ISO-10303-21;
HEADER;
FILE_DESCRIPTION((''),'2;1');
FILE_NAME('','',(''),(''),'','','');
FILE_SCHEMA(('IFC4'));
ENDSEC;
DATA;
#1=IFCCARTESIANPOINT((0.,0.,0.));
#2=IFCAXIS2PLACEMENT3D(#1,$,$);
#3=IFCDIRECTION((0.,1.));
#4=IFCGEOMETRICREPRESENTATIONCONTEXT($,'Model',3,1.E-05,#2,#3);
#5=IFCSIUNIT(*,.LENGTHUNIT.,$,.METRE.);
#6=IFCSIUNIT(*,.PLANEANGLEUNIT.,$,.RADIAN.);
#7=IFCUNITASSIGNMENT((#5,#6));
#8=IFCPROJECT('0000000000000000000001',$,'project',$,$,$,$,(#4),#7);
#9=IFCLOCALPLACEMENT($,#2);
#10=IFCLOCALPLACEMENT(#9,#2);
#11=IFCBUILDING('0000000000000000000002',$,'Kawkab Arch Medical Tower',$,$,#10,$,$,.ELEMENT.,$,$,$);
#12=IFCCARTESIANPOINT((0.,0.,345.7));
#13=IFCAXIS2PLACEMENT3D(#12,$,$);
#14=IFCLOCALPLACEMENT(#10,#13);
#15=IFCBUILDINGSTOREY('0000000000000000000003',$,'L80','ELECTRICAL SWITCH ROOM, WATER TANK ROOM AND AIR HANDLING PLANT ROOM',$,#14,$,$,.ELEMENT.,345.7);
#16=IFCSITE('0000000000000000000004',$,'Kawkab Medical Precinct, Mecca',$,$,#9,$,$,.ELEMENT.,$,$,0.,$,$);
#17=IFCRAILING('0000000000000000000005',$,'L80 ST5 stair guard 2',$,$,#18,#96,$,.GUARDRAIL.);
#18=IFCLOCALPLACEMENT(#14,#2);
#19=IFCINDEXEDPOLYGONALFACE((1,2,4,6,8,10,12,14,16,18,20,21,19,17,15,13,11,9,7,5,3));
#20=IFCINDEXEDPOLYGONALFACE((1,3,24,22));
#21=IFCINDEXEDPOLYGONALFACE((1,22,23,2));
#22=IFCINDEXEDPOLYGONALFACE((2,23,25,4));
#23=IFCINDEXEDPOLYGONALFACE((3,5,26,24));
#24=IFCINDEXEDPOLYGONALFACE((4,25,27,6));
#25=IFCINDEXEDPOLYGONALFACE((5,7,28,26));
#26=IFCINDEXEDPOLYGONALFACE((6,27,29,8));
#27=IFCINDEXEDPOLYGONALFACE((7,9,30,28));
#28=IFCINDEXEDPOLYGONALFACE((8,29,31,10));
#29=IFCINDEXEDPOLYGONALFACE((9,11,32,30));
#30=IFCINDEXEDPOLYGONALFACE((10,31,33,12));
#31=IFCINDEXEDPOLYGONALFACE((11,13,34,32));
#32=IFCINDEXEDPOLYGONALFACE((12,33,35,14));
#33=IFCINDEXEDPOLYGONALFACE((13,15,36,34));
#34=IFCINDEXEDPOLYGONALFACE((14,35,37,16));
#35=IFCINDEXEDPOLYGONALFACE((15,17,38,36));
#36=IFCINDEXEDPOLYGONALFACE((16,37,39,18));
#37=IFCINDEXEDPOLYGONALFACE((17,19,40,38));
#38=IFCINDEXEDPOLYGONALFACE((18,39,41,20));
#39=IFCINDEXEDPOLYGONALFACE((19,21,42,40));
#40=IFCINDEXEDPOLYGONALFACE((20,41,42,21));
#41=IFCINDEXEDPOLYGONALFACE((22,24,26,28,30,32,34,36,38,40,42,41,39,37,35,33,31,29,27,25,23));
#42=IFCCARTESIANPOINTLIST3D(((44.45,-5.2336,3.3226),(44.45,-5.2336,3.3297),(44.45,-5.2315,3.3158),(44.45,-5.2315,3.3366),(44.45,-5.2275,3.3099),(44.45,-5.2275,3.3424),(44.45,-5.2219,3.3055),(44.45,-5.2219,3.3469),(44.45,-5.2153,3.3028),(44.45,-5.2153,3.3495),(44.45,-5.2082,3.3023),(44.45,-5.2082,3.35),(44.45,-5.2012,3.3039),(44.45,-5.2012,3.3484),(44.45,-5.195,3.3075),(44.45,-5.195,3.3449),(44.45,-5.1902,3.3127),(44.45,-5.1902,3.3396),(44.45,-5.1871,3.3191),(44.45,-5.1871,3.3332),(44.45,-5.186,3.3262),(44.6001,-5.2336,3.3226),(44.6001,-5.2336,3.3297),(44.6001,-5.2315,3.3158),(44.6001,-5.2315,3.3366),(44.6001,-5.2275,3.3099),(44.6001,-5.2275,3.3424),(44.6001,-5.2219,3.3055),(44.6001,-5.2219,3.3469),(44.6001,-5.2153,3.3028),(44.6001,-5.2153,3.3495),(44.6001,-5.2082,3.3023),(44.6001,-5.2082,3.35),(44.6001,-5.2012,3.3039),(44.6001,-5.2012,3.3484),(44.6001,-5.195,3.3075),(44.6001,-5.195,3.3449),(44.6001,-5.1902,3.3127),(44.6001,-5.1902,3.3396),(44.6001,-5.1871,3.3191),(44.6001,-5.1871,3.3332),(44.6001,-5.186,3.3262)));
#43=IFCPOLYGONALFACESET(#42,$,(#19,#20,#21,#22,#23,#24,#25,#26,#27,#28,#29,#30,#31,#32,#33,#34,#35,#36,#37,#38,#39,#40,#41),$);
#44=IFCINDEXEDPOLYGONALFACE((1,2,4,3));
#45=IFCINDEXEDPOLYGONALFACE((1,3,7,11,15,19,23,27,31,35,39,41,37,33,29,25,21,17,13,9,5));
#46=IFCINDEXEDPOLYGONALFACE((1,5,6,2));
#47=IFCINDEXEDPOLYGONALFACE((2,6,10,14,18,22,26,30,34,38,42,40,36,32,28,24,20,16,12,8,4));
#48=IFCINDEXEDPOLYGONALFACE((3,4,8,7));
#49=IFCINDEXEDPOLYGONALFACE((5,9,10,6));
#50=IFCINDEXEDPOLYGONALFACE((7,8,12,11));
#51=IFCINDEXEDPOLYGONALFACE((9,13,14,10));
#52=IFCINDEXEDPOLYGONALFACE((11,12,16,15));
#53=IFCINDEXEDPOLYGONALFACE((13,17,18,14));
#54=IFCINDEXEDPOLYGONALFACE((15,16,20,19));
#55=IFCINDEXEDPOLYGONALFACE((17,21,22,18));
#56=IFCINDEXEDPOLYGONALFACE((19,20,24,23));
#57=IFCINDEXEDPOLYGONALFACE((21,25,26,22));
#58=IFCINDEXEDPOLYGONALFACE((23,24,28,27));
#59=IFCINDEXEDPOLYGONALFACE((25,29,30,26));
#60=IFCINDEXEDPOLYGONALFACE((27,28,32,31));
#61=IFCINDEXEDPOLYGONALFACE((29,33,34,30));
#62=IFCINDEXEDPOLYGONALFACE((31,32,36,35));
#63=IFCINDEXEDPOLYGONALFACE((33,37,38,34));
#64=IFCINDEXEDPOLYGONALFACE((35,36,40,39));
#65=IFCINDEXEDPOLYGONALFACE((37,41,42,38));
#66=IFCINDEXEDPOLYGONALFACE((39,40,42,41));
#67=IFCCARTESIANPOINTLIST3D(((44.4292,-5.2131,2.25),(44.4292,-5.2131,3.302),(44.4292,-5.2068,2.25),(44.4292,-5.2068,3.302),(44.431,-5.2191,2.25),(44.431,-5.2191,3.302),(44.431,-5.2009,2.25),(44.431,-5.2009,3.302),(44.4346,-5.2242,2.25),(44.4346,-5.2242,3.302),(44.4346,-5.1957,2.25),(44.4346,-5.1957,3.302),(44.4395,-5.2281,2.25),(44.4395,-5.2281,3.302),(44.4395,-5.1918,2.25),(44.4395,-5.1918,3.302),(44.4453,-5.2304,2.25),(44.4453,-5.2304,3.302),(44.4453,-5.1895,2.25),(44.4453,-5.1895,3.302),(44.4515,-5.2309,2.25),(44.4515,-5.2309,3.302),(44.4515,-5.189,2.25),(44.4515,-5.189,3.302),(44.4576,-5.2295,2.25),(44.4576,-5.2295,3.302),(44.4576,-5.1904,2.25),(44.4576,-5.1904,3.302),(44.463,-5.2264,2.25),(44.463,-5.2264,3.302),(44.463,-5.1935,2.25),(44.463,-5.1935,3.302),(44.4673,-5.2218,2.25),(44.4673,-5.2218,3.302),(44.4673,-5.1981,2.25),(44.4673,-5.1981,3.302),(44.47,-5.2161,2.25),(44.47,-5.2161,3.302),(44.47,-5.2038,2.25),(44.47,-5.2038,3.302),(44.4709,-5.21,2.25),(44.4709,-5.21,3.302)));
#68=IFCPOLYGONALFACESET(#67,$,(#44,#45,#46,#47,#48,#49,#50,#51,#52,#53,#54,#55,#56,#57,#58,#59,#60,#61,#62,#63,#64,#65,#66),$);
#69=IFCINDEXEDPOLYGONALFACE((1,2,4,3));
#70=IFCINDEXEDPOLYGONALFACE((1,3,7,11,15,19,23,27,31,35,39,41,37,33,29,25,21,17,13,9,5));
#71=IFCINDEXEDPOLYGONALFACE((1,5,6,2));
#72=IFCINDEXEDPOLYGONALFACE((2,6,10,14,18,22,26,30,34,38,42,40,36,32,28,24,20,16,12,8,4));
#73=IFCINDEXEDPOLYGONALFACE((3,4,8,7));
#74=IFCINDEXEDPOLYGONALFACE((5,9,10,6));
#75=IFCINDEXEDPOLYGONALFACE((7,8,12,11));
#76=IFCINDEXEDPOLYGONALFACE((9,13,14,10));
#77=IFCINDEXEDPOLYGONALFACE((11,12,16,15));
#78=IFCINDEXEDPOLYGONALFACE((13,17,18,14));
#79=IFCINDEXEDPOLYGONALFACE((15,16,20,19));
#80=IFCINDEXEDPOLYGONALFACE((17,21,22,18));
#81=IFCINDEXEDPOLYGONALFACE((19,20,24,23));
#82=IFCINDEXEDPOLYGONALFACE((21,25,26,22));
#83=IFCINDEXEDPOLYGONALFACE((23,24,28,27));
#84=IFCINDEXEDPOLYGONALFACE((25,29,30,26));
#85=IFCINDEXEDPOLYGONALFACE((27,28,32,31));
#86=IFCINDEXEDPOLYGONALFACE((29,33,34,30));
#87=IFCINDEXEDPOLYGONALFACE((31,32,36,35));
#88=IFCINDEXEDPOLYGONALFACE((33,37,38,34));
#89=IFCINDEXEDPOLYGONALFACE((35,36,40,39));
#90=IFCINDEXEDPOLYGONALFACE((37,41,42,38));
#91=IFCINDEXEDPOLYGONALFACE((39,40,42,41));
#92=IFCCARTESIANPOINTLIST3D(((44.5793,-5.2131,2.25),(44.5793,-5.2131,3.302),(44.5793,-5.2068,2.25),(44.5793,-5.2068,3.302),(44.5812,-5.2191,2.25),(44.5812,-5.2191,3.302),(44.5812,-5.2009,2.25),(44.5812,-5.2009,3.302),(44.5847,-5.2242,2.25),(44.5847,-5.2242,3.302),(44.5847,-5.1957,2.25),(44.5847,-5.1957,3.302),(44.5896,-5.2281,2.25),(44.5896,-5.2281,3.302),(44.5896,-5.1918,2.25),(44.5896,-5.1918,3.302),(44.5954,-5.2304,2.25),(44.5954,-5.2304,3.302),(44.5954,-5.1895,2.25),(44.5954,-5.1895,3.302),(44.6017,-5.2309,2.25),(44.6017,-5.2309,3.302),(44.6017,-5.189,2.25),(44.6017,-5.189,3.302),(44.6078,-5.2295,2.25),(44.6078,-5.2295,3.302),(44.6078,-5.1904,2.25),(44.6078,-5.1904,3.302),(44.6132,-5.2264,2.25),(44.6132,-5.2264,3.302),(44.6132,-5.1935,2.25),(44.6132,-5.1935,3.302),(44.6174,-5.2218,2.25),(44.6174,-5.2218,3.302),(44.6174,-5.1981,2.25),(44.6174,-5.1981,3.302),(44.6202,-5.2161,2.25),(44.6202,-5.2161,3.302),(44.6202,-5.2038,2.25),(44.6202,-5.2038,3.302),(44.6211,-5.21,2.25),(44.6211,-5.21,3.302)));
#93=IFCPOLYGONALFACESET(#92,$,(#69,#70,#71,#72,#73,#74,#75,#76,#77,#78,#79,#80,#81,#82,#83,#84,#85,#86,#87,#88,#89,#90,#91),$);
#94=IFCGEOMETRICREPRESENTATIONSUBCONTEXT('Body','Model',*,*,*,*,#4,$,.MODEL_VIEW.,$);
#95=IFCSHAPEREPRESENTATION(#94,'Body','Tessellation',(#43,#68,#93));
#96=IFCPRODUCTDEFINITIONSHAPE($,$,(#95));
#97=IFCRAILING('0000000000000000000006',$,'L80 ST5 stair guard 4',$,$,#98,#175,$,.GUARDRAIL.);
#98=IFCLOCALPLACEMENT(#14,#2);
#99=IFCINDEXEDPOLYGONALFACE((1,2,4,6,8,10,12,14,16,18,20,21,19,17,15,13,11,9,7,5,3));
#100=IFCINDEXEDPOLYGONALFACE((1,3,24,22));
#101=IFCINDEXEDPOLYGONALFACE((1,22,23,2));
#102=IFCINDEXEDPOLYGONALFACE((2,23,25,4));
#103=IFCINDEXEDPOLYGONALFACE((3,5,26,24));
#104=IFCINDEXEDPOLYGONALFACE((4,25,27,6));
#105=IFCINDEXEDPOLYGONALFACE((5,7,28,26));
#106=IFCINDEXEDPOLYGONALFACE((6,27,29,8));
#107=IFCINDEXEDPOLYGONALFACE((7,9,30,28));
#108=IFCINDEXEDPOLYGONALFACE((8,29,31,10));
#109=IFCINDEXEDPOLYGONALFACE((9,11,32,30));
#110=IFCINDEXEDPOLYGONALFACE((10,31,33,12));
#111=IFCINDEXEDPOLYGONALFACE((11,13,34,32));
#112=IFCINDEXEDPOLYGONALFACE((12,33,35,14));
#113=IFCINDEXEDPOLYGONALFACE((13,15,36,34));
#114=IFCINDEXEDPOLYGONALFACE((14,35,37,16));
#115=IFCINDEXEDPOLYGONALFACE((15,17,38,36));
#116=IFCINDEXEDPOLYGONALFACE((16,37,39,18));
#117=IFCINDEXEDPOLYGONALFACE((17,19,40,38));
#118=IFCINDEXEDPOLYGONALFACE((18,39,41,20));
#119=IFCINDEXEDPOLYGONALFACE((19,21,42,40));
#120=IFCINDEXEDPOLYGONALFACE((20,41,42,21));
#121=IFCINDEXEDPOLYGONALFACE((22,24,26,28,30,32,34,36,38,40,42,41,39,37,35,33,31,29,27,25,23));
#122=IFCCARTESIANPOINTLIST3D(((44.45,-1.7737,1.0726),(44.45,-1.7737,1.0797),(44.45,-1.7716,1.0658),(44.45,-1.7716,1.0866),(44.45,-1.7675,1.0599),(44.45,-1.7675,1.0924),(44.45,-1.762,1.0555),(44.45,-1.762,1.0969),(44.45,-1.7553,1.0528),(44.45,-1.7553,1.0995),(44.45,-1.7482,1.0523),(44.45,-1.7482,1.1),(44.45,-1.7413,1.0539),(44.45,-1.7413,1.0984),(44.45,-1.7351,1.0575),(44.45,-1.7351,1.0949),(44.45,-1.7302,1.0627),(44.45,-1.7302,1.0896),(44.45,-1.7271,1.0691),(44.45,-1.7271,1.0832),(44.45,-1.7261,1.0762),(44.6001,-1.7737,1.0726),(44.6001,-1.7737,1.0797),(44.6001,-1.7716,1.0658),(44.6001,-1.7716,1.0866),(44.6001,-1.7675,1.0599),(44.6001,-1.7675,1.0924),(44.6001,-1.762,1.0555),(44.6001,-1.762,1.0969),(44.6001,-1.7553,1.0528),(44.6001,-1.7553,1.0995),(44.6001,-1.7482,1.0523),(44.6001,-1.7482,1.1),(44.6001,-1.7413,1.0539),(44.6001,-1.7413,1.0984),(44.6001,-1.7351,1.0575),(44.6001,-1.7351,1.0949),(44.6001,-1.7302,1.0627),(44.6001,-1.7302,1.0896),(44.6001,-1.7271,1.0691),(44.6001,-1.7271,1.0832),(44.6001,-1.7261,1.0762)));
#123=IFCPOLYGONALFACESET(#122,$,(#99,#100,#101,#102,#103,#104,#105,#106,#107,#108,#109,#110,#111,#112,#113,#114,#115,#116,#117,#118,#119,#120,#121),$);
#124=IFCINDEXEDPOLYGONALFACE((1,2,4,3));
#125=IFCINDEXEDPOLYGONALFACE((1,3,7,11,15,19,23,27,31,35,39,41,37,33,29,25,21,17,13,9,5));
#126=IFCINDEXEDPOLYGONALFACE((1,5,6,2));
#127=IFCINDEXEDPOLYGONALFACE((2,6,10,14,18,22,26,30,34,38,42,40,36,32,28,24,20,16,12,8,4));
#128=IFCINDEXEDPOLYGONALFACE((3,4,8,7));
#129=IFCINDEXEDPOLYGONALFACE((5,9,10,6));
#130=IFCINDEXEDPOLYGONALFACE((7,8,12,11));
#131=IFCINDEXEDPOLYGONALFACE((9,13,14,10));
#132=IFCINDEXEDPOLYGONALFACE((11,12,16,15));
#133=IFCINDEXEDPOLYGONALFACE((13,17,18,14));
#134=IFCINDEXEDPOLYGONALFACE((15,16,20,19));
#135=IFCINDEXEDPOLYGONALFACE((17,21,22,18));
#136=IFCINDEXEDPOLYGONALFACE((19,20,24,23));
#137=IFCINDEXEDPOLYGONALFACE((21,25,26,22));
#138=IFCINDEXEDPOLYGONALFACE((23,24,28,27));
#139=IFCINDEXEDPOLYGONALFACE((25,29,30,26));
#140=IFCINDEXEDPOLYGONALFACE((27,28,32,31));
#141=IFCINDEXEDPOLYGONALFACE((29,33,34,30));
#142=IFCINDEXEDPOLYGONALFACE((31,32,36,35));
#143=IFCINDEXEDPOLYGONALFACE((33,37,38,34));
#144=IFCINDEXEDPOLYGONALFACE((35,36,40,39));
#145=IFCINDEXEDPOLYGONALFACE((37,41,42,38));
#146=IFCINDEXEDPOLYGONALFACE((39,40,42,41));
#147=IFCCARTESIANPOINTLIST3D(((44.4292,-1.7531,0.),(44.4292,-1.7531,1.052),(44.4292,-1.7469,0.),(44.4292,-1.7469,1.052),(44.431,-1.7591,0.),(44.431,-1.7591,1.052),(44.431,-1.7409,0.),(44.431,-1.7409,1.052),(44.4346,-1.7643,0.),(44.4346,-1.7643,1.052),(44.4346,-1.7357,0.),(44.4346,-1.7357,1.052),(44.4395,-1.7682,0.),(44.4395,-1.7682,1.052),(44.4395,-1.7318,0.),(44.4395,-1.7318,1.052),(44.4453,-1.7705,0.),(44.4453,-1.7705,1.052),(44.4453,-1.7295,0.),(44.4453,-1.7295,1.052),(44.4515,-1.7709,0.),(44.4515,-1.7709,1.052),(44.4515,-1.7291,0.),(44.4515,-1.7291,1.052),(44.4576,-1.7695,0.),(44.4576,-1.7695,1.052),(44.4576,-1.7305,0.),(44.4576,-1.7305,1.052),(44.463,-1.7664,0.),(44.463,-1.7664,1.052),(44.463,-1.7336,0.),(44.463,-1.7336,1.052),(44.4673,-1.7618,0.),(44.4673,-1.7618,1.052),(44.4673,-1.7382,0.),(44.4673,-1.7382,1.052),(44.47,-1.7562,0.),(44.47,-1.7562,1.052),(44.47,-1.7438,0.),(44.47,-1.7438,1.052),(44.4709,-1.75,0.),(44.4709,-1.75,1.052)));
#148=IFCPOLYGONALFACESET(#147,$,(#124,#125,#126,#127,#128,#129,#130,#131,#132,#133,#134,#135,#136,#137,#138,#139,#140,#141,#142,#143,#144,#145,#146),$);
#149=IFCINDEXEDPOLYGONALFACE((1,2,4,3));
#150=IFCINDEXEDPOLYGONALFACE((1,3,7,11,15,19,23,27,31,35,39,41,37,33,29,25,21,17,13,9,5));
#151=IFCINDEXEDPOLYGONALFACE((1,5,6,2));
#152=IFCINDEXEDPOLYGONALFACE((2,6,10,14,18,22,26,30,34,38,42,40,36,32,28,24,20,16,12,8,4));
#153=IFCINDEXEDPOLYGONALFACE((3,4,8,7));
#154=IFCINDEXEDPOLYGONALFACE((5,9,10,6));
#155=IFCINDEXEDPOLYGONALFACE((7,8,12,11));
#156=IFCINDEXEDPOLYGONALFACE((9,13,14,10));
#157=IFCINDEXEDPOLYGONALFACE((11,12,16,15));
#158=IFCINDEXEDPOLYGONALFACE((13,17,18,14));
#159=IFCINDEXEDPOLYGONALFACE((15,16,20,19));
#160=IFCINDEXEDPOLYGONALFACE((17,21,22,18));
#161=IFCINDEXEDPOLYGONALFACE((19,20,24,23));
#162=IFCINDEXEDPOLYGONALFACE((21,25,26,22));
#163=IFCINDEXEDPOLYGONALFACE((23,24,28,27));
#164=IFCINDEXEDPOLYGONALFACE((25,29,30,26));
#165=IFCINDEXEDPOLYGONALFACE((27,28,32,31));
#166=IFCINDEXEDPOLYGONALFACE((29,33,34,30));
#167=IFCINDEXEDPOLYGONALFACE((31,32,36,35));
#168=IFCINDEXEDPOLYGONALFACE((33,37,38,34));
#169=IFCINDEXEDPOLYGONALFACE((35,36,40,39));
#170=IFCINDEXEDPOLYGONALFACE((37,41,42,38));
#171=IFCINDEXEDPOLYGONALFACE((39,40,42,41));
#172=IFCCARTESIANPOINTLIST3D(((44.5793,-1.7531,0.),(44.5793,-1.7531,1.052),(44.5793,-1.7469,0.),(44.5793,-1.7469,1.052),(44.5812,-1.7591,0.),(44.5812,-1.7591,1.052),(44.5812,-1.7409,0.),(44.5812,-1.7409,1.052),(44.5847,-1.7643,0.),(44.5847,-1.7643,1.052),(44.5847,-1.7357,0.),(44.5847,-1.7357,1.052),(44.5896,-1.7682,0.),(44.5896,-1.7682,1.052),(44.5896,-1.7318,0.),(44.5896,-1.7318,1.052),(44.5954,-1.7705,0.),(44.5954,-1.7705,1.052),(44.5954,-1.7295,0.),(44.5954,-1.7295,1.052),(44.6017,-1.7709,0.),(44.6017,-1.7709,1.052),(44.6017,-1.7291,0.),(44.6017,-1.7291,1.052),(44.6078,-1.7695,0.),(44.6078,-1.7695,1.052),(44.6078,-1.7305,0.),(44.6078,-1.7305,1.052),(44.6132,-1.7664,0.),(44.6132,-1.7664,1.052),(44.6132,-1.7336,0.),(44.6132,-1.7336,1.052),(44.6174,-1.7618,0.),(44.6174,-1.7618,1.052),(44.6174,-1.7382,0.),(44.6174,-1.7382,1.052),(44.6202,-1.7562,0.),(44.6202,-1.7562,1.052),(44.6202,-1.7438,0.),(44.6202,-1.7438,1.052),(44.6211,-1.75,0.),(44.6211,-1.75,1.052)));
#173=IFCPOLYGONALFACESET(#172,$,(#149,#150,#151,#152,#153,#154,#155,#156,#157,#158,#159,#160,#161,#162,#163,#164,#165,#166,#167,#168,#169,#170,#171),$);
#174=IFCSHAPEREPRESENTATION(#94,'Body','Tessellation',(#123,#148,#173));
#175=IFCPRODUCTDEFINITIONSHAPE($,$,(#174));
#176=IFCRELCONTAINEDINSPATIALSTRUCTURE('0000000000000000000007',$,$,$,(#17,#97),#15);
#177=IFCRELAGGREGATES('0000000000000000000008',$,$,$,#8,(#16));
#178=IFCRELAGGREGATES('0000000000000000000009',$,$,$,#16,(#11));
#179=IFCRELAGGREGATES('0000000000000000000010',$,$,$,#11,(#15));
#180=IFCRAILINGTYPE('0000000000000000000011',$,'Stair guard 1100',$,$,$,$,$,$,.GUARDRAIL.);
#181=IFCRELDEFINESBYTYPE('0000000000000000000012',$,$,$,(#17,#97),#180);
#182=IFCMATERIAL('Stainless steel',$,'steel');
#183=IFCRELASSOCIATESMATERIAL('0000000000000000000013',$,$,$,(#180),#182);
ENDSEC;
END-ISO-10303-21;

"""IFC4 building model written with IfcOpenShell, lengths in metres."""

from ifc_helpers import new_model, si_unit, direction, frame, origin, origin_2d, place, context, subcontext, project, spatial, circle, extrude, material, type_object, element, save


model = new_model("IFC4")

# Units and contexts
model_context = context("Model", 3, precision=1e-05, world=origin(), true_north=direction((0.0, 1.0)))
body_context = subcontext(model_context, "Body", "Model", "MODEL_VIEW")
ifc_project = project(units=[si_unit("LENGTHUNIT", "METRE"), si_unit("PLANEANGLEUNIT", "RADIAN")], contexts=[model_context])

# Site, building, storey
site_placement = place(None, origin())
site = spatial("IfcSite", under=ifc_project, at=site_placement, Name="Kawkab Medical Precinct, Mecca", CompositionType="ELEMENT", RefElevation=0.0)
building_placement = place(site_placement, origin())
building = spatial("IfcBuilding", under=site, at=building_placement, Name="Kawkab Arch Medical Tower", CompositionType="ELEMENT")
storey_placement = place(building_placement, frame((0.0, 0.0, 345.7)))
storey = spatial("IfcBuildingStorey", under=building, at=storey_placement, Name="L80", Description="ELECTRICAL SWITCH ROOM, WATER TANK ROOM AND AIR HANDLING PLANT ROOM", CompositionType="ELEMENT", Elevation=345.7)

# Railings
ifc_material_1 = material(Name="Stainless steel", Category="steel")
railing_type = type_object("IfcRailingType", Name="Stair guard 1100", PredefinedType="GUARDRAIL", material=ifc_material_1)
for number, where, name in (
    (1, (44.45, -5.21, 2.25), "L80 ST5 stair guard 2"),
    (2, (44.45, -1.75, 0.0), "L80 ST5 stair guard 4"),
):
    element("IfcRailing", number, at=place(storey_placement, frame(where)), inside=storey, type_object=railing_type, Name=name, PredefinedType="GUARDRAIL", context=body_context, shape_type="SweptSolid", body=[
        extrude(circle(Radius=0.0239, at=origin_2d()), frame((0.0, 0.0, 1.0762), z_axis=(1.0, 0.0, 0.0), x_axis=(0.0, 1.0, 0.0)), (0.0, 0.0, 1.0), 0.1501),
        extrude(circle(Radius=0.021, at=origin_2d()), origin(), (0.0, 0.0, 1.0), 1.052),
        extrude(circle(Radius=0.021, at=origin_2d()), frame((0.1501, 0.0, 0.0)), (0.0, 0.0, 1.0), 1.052),
    ])

save(model, "model.ifc")
